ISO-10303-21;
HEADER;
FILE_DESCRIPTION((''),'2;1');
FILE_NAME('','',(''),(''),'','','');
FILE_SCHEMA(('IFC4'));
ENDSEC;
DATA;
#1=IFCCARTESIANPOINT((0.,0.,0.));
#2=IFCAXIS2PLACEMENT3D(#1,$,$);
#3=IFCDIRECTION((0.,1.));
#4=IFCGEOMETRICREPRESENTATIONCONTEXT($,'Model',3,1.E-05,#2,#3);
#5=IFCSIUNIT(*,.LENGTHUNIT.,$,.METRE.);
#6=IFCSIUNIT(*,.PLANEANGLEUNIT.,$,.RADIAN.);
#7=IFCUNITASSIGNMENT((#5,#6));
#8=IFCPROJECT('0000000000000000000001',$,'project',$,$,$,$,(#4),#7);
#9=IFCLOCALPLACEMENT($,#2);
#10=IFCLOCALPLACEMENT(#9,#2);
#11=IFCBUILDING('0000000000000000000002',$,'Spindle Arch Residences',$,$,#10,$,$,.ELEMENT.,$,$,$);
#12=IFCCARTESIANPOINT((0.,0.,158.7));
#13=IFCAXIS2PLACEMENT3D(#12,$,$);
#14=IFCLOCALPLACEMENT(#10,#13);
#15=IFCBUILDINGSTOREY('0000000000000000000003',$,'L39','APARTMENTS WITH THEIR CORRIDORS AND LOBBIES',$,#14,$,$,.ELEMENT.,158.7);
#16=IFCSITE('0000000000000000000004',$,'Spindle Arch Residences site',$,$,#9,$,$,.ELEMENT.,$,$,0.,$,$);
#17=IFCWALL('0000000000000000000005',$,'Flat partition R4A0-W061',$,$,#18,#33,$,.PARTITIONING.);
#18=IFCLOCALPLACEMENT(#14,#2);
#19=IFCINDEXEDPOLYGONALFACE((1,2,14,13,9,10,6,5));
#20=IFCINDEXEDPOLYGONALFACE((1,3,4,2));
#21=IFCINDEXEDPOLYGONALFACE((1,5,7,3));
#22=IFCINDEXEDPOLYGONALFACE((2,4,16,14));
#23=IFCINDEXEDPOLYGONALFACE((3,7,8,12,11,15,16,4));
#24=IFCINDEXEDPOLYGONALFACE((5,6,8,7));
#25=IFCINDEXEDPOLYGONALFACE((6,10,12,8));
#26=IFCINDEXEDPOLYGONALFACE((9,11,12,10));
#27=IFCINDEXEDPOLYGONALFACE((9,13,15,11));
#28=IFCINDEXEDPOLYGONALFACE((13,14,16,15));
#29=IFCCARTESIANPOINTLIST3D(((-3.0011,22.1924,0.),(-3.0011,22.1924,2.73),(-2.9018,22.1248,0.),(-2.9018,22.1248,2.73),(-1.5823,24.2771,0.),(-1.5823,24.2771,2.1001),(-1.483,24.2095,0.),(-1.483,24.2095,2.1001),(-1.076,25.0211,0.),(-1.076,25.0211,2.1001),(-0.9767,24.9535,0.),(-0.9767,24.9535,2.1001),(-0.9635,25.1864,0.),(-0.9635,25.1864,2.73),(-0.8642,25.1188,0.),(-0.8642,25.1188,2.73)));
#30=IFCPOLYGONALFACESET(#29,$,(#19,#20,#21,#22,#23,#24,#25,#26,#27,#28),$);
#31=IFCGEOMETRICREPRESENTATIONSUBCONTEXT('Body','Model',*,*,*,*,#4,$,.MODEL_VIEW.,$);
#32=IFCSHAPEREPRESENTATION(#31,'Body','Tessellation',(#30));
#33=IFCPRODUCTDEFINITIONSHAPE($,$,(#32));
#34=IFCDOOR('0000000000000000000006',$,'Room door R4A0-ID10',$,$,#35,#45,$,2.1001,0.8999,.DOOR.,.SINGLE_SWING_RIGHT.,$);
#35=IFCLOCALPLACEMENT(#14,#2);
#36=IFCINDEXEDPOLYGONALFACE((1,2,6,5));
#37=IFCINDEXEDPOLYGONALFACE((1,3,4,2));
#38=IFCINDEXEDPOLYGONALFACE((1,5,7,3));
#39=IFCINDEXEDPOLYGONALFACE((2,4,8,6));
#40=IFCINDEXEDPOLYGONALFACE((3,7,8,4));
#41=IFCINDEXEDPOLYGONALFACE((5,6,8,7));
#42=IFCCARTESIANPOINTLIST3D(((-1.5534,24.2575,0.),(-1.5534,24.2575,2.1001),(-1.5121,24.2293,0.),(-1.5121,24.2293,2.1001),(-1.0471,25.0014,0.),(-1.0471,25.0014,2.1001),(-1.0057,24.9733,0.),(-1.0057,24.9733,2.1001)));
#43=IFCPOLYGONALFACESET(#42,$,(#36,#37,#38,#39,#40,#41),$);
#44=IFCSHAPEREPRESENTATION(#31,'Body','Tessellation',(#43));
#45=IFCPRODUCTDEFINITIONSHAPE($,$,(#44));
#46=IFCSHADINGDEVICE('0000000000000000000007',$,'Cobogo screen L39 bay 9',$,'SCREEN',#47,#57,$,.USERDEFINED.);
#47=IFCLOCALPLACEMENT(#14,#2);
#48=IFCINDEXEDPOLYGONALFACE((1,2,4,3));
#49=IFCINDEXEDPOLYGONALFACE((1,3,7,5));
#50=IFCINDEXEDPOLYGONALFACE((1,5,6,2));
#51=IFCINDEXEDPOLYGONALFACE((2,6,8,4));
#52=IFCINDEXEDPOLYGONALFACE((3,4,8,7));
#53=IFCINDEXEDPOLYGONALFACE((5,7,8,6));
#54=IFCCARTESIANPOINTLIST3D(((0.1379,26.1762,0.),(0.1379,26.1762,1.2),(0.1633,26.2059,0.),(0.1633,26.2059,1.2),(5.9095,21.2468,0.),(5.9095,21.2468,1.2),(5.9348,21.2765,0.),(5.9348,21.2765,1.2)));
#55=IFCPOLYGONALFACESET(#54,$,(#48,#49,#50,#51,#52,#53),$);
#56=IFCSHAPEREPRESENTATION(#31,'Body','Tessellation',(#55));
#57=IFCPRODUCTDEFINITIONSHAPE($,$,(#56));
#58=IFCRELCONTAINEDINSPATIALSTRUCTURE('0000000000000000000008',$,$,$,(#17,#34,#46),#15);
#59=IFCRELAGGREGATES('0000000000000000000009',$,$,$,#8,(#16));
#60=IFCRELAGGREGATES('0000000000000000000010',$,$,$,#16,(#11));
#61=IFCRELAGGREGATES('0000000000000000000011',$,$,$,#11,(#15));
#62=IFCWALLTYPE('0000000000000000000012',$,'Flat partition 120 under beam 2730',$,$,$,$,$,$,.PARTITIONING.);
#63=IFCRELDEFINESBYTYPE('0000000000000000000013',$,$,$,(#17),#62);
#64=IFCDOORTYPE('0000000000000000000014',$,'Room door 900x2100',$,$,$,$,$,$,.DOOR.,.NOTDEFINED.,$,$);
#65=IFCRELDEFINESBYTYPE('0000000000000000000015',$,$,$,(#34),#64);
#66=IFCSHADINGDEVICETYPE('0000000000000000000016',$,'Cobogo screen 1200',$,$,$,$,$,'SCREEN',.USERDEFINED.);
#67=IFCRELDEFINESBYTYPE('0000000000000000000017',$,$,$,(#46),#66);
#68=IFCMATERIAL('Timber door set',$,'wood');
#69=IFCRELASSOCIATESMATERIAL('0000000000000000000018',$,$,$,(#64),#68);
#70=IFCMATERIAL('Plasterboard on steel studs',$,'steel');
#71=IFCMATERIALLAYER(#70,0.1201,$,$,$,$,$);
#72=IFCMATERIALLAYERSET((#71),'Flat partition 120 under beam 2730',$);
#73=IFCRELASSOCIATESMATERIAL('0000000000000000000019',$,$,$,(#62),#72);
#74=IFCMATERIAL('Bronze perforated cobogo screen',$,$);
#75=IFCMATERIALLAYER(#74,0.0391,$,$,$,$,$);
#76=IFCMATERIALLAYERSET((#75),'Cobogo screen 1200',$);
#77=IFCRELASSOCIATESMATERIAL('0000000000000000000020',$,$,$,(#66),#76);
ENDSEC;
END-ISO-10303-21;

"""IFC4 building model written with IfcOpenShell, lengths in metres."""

from ifc_helpers import new_model, si_unit, direction, frame, frame_2d, origin, origin_2d, place, context, subcontext, project, spatial, rectangle, extrude, material, layer, layer_set, type_object, element, fill, save


model = new_model("IFC4")

# Units and contexts
model_context = context("Model", 3, precision=1e-05, world=origin(), true_north=direction((0.0, 1.0)))
body_context = subcontext(model_context, "Body", "Model", "MODEL_VIEW")
ifc_project = project(units=[si_unit("LENGTHUNIT", "METRE"), si_unit("PLANEANGLEUNIT", "RADIAN")], contexts=[model_context])

# Site, building, storey
site_placement = place(None, origin())
site = spatial("IfcSite", under=ifc_project, at=site_placement, Name="Spindle Arch Residences site", CompositionType="ELEMENT", RefElevation=0.0)
building_placement = place(site_placement, origin())
building = spatial("IfcBuilding", under=site, at=building_placement, Name="Spindle Arch Residences", CompositionType="ELEMENT")
storey_placement = place(building_placement, frame((0.0, 0.0, 158.7)))
storey = spatial("IfcBuildingStorey", under=building, at=storey_placement, Name="L39", Description="APARTMENTS WITH THEIR CORRIDORS AND LOBBIES", CompositionType="ELEMENT", Elevation=158.7)

# Shared definitions
ifc_material_1 = material(Name="Timber door set", Category="wood")
door_type_1 = type_object("IfcDoorType", Name="Room door 900x2100", OperationType="NOTDEFINED", PredefinedType="DOOR", material=ifc_material_1)

# Wall, opening, door
ifc_material_2 = material(Name="Plasterboard on steel studs", Category="steel")
ifc_layer_1 = layer(ifc_material_2, 0.1201)
ifc_layer_set_1 = layer_set([ifc_layer_1], Name="Flat partition 120 under beam 2730")
wall_type_1 = type_object("IfcWallType", Name="Flat partition 120 under beam 2730", PredefinedType="PARTITIONING", material=ifc_layer_set_1)
wall_1_placement = place(storey_placement, frame((-0.9138, 25.1526, 0.0), z_axis=(0.0, 0.0, 1.0), x_axis=(-0.56264, -0.826702, 0.0)))
wall_1 = element("IfcWall", 1, at=wall_1_placement, inside=storey, type_object=wall_type_1, Name="Flat partition R4A0-W061", PredefinedType="PARTITIONING", context=body_context, shape_type="SweptSolid", body=[
    extrude(rectangle(XDim=3.6216, YDim=0.1201, at=frame_2d((1.8108, 0.0))), origin(), (0.0, 0.0, 1.0), 2.73),
])
opening_1_placement = place(wall_1_placement, frame((0.2, 0.0, 0.0)))
opening_1 = element("IfcOpeningElement", 2, at=opening_1_placement, cuts=wall_1, PredefinedType="OPENING", context=body_context, shape_type="SweptSolid", body=[
    extrude(rectangle(XDim=0.8999, YDim=2.1001, at=frame_2d((0.45, 1.05))), frame((0.0, 0.0701, 0.0), z_axis=(0.0, -1.0, 0.0), x_axis=(1.0, 0.0, 0.0)), (0.0, 0.0, 1.0), 0.1401),
])
door_1_placement = place(opening_1_placement, origin())
door_1 = element("IfcDoor", 3, at=door_1_placement, inside=storey, type_object=door_type_1, Name="Room door R4A0-ID10", OperationType="SINGLE_SWING_RIGHT", OverallHeight=2.1001, OverallWidth=0.8999, PredefinedType="DOOR", context=body_context, shape_type="SweptSolid", body=[
    extrude(rectangle(XDim=0.8999, YDim=2.1001, at=frame_2d((0.45, 1.05))), frame((0.0, 0.0249, 0.0), z_axis=(0.0, -1.0, 0.0), x_axis=(1.0, 0.0, 0.0)), (0.0, 0.0, 1.0), 0.05),
])
fill(opening_1, door_1)

# Shading device
ifc_material_3 = material(Name="Bronze perforated cobogo screen")
ifc_layer_2 = layer(ifc_material_3, 0.0391)
ifc_layer_set_2 = layer_set([ifc_layer_2], Name="Cobogo screen 1200")
shading_device_type = type_object("IfcShadingDeviceType", Name="Cobogo screen 1200", ElementType="SCREEN", PredefinedType="USERDEFINED", material=ifc_layer_set_2)
shading_device_placement = place(storey_placement, frame((3.0364, 23.7263, 0.0), z_axis=(0.0, 0.0, 1.0), x_axis=(-0.760406, 0.649448, 0.0)))
element("IfcShadingDevice", 4, at=shading_device_placement, inside=storey, type_object=shading_device_type, Name="Cobogo screen L39 bay 9", ObjectType="SCREEN", PredefinedType="USERDEFINED", context=body_context, shape_type="SweptSolid", body=[
    extrude(rectangle(XDim=7.5901, YDim=0.0391, at=origin_2d()), origin(), (0.0, 0.0, 1.0), 1.2),
])

save(model, "model.ifc")
